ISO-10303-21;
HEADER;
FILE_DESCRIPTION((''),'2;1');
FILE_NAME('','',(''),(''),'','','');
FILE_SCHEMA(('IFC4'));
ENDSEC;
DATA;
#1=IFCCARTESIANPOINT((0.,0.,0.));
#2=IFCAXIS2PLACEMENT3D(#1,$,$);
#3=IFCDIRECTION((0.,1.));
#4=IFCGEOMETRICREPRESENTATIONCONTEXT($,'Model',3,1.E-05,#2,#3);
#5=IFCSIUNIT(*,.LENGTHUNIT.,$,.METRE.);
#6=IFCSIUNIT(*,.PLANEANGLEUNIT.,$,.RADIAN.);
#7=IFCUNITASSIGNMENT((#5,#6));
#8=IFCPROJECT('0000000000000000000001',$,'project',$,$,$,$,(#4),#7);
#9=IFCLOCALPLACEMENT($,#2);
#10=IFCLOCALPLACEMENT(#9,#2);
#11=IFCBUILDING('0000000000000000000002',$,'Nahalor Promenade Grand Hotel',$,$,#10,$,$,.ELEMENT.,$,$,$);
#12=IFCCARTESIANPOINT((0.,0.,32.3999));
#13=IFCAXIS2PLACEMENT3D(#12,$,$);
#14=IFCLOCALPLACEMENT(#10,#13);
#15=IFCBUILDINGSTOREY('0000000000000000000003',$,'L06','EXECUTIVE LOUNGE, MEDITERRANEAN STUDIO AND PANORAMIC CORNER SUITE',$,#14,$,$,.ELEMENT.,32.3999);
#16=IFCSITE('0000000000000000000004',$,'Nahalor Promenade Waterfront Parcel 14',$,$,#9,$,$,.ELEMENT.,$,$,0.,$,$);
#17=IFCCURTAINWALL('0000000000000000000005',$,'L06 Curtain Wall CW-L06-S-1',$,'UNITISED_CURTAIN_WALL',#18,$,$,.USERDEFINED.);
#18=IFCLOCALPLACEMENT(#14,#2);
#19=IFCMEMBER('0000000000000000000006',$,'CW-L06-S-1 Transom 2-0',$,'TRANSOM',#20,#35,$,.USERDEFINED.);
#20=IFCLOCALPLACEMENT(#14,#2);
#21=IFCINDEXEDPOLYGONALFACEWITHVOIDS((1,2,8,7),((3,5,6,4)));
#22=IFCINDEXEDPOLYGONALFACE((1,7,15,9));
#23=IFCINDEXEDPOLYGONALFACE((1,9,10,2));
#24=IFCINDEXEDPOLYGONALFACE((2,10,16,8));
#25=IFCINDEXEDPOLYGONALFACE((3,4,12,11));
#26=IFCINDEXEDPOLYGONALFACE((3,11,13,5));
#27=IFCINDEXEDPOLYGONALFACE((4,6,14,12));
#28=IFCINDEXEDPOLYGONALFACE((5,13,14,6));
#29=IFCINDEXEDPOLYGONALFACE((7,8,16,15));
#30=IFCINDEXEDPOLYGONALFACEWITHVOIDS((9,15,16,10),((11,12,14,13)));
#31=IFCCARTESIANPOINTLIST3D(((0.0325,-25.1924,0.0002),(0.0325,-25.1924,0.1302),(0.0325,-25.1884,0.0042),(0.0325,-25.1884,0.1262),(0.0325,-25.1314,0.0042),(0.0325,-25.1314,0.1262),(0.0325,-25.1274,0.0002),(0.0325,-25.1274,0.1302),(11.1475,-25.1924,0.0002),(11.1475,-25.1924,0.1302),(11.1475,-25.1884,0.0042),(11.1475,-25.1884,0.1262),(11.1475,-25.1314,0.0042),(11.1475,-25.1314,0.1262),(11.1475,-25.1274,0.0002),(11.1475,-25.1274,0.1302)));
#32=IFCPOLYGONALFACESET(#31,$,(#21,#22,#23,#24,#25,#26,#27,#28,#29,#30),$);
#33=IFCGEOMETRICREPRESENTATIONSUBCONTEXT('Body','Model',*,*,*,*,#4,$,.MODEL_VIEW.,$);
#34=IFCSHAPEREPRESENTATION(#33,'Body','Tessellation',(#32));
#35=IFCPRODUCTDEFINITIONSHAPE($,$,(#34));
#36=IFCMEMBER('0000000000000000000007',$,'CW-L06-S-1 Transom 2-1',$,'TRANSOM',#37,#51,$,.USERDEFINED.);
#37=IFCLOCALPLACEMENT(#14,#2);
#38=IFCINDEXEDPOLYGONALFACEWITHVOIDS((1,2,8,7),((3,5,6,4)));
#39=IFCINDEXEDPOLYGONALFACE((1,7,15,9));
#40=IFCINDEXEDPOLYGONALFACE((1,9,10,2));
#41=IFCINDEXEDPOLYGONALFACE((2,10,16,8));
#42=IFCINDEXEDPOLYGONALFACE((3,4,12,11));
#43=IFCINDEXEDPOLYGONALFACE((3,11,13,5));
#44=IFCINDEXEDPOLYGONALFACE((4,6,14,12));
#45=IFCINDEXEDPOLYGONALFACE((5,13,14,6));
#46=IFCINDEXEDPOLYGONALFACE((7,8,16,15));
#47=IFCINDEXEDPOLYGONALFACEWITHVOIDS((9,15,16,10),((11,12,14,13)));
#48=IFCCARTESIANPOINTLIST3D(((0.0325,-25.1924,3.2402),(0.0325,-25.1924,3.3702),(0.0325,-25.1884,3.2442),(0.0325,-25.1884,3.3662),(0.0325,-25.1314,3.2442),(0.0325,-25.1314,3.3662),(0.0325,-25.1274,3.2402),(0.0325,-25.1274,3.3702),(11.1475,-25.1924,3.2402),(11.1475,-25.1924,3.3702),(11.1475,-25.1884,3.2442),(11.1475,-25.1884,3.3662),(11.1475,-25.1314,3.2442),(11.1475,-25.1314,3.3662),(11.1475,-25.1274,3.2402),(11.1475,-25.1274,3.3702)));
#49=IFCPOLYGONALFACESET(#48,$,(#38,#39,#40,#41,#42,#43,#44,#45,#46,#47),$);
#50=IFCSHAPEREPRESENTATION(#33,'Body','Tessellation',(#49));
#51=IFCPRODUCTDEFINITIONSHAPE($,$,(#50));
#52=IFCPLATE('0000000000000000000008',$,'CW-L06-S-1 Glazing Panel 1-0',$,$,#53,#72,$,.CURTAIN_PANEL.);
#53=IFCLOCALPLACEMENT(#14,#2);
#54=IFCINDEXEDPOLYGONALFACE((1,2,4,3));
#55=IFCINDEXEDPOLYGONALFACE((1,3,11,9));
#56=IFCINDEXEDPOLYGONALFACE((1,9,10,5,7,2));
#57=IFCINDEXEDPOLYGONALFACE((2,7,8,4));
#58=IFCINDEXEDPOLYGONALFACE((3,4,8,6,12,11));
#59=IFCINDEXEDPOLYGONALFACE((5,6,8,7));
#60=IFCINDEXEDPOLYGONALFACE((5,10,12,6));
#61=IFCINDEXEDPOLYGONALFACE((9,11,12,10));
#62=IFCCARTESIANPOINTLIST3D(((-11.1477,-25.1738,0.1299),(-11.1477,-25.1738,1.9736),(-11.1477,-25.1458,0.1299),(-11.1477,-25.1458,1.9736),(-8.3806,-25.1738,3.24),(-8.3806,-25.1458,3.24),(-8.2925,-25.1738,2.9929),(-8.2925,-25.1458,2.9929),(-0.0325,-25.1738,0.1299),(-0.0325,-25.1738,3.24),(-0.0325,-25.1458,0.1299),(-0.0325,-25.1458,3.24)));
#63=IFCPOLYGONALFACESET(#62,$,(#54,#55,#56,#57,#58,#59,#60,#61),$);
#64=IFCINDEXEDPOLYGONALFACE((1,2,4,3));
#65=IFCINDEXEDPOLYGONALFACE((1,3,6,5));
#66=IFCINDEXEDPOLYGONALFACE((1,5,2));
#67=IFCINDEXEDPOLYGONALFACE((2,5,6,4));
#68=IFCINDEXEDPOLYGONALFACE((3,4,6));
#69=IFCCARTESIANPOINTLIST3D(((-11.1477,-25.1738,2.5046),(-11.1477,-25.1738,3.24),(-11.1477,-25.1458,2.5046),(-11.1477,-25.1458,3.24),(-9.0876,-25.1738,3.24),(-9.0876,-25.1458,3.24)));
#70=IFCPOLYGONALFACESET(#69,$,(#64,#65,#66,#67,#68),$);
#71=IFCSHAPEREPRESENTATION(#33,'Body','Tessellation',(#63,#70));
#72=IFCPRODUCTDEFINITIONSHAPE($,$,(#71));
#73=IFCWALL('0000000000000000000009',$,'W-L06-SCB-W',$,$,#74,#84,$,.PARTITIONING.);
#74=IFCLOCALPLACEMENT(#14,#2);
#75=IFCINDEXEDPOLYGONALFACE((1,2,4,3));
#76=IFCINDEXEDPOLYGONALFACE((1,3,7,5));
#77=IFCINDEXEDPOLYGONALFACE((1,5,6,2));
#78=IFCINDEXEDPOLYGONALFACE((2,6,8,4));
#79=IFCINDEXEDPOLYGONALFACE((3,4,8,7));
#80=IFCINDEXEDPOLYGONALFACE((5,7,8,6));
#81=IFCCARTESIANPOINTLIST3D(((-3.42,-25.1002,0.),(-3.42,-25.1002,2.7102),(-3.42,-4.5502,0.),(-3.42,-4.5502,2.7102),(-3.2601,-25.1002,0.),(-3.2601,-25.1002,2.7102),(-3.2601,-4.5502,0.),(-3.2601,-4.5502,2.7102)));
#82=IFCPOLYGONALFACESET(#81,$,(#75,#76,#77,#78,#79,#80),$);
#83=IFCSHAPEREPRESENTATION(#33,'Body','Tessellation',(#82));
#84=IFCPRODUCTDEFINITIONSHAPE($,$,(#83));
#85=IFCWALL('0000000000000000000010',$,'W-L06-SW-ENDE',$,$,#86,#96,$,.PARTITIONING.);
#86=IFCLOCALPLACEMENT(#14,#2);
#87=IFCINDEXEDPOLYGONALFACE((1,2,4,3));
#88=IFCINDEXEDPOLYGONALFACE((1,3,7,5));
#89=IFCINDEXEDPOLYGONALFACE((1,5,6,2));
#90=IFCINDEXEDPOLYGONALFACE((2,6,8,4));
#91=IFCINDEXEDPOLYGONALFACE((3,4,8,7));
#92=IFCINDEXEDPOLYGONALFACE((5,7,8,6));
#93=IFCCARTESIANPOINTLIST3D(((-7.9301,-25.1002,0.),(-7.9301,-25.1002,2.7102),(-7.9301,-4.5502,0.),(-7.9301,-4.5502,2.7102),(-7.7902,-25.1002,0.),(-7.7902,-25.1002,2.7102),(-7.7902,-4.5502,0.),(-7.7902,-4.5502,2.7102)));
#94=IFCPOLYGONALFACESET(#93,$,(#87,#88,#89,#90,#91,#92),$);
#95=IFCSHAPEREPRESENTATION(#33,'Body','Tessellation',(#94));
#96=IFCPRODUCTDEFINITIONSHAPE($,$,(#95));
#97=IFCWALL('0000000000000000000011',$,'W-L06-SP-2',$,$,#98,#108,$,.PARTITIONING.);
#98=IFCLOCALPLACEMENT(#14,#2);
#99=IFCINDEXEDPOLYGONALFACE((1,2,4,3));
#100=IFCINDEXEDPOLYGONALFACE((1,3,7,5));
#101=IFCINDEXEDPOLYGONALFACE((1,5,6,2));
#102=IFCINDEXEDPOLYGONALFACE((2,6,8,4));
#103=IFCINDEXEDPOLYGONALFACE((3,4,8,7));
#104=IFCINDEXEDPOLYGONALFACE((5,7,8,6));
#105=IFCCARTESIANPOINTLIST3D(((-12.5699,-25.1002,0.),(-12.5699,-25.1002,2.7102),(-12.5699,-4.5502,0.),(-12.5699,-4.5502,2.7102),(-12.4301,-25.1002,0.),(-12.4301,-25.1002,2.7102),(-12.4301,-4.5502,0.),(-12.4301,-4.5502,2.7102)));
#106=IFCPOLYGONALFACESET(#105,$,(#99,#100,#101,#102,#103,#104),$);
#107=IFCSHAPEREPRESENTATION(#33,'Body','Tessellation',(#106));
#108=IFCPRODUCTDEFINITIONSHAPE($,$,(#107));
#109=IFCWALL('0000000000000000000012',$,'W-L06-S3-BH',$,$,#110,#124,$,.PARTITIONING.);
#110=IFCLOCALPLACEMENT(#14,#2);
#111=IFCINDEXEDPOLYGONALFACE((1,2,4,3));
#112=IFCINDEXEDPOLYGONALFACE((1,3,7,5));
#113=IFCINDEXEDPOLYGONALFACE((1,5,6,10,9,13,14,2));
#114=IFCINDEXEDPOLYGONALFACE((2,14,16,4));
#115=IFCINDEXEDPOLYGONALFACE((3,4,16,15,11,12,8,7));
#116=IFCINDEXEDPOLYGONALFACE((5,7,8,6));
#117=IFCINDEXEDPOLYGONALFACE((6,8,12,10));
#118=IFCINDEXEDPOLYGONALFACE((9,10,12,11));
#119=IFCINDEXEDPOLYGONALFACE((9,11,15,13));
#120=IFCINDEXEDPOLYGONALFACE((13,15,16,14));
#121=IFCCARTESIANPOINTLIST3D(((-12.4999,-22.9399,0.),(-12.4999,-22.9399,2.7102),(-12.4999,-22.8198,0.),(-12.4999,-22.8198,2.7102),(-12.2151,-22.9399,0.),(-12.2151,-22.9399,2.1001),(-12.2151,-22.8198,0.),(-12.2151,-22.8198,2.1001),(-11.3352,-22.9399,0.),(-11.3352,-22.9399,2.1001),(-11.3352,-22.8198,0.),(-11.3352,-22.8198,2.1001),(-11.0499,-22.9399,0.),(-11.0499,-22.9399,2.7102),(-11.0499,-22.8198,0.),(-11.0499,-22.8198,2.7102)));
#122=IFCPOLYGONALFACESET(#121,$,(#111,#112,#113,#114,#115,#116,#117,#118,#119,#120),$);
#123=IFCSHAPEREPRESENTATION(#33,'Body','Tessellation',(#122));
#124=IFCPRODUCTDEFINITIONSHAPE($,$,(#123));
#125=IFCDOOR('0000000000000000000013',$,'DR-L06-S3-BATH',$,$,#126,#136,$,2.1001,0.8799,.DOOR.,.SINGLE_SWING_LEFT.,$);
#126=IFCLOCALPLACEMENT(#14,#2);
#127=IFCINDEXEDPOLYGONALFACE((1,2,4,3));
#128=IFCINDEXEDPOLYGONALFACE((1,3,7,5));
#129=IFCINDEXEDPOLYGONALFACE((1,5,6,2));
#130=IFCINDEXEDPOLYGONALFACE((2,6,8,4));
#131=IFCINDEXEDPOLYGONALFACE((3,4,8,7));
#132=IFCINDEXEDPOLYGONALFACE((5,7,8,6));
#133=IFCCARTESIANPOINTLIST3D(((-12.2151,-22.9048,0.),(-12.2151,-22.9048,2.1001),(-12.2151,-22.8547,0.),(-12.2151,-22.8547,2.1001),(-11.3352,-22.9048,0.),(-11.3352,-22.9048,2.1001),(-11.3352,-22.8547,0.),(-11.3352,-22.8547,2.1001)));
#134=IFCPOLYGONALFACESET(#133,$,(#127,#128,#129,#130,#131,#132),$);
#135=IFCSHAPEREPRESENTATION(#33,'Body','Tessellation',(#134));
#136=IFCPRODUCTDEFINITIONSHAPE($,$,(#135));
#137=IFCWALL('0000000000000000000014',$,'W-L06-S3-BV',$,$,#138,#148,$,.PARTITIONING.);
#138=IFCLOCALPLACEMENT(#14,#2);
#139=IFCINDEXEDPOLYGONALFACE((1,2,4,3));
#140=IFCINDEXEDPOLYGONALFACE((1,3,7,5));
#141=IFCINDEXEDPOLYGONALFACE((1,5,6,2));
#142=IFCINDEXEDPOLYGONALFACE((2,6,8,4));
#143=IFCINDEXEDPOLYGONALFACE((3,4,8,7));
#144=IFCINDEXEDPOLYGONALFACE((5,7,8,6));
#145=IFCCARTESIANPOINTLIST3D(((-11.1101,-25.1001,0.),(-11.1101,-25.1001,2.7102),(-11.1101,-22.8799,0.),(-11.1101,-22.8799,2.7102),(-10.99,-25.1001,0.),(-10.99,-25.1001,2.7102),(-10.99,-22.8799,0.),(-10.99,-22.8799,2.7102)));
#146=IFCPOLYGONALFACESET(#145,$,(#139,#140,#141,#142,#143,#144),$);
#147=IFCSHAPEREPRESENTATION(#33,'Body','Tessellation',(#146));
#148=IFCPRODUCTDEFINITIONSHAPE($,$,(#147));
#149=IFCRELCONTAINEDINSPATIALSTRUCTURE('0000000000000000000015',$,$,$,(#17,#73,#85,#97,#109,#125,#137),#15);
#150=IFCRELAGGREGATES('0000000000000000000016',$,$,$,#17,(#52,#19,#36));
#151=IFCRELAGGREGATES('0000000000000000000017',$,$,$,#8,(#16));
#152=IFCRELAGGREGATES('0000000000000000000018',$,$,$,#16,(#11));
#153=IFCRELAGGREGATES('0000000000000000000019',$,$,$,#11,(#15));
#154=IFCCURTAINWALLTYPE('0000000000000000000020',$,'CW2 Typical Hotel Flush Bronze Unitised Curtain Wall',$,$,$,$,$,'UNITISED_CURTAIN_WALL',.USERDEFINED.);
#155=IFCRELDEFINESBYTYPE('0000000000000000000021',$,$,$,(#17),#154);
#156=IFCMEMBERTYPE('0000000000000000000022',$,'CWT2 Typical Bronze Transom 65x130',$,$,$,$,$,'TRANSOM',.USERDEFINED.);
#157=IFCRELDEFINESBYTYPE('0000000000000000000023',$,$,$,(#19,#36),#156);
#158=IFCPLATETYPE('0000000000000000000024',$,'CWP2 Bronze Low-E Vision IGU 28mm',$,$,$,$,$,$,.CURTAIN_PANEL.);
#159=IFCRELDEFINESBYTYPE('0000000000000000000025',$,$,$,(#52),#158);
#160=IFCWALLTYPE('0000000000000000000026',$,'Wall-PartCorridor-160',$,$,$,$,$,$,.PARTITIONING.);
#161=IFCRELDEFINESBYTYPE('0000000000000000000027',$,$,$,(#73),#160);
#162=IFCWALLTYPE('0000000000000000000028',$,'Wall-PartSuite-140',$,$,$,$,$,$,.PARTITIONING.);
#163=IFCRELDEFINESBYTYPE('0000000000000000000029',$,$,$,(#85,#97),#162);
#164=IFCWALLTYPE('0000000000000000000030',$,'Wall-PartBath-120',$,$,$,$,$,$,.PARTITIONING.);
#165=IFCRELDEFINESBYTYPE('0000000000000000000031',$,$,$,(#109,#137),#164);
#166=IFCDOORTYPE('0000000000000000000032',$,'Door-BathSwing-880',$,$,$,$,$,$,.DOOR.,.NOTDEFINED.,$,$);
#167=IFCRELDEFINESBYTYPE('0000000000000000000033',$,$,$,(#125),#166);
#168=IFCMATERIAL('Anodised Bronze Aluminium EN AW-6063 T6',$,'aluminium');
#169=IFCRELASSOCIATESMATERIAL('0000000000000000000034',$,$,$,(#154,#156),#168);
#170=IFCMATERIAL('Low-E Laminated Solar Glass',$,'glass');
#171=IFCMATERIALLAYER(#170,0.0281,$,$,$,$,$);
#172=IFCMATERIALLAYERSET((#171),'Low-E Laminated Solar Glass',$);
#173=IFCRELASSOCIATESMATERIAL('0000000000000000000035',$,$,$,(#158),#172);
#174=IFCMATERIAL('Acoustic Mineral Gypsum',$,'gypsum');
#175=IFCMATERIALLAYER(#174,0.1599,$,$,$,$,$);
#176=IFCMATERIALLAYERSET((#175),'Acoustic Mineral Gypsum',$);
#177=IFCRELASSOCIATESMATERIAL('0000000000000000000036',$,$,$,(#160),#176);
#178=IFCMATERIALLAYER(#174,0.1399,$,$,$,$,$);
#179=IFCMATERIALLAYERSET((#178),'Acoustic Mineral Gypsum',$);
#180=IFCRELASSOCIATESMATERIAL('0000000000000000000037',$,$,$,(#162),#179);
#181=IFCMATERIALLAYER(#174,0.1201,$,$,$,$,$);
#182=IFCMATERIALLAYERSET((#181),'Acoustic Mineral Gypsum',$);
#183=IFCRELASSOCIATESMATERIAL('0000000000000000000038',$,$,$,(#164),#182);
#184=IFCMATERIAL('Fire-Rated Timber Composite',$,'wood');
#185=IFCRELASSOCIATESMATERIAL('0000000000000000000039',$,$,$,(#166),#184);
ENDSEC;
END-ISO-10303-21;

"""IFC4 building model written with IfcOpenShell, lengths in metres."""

from ifc_helpers import new_model, si_unit, direction, frame, frame_2d, origin, origin_2d, place, context, subcontext, project, spatial, polyline, rectangle, hollow_rectangle, outline, extrude, source, transform, mapped, material, layer, layer_set, material_profile, profile_set, type_object, element, fill, aggregate, save


model = new_model("IFC4")

# Units and contexts
model_context = context("Model", 3, precision=1e-05, world=origin(), true_north=direction((0.0, 1.0)))
body_context = subcontext(model_context, "Body", "Model", "MODEL_VIEW")
ifc_project = project(units=[si_unit("LENGTHUNIT", "METRE"), si_unit("PLANEANGLEUNIT", "RADIAN")], contexts=[model_context])

# Site, building, storey
site_placement = place(None, origin())
site = spatial("IfcSite", under=ifc_project, at=site_placement, Name="Nahalor Promenade Waterfront Parcel 14", CompositionType="ELEMENT", RefElevation=0.0)
building_placement = place(site_placement, origin())
building = spatial("IfcBuilding", under=site, at=building_placement, Name="Nahalor Promenade Grand Hotel", CompositionType="ELEMENT")
storey_placement = place(building_placement, frame((0.0, 0.0, 32.3999)))
storey = spatial("IfcBuildingStorey", under=building, at=storey_placement, Name="L06", Description="EXECUTIVE LOUNGE, MEDITERRANEAN STUDIO AND PANORAMIC CORNER SUITE", CompositionType="ELEMENT", Elevation=32.3999)

# Curtain wall, members, plate
ifc_material_1 = material(Name="Anodised Bronze Aluminium EN AW-6063 T6", Category="aluminium")
curtain_wall_type = type_object("IfcCurtainWallType", Name="CW2 Typical Hotel Flush Bronze Unitised Curtain Wall", ElementType="UNITISED_CURTAIN_WALL", PredefinedType="USERDEFINED", material=ifc_material_1)
curtain_wall_placement = place(storey_placement, origin())
curtain_wall = element("IfcCurtainWall", 1, at=curtain_wall_placement, inside=storey, type_object=curtain_wall_type, Name="L06 Curtain Wall CW-L06-S-1", ObjectType="UNITISED_CURTAIN_WALL", PredefinedType="USERDEFINED")
ifc_material_profile_1 = material_profile(ifc_material_1, hollow_rectangle(XDim=0.065, YDim=0.13, WallThickness=0.004, at=origin_2d()), Name="CWT 65x130x4")
ifc_profile_set_1 = profile_set([ifc_material_profile_1], Name="Anodised Bronze Aluminium EN AW-6063 T6")
member_type_1 = type_object("IfcMemberType", Name="CWT2 Typical Bronze Transom 65x130", ElementType="TRANSOM", PredefinedType="USERDEFINED", material=ifc_profile_set_1)
shared_shape_1 = source(origin(), body_context, "Body", "SweptSolid", [
    extrude(hollow_rectangle(XDim=0.065, YDim=0.13, WallThickness=0.004, at=origin_2d()), origin(), (0.0, 0.0, 1.0), 11.115),
])
member_1_placement = place(storey_placement, frame((0.0325, -25.1599, 0.0652), z_axis=(1.0, 0.0, 0.0), x_axis=(0.0, 1.0, 0.0)))
member_1 = element("IfcMember", 2, at=member_1_placement, type_object=member_type_1, Name="CW-L06-S-1 Transom 2-0", ObjectType="TRANSOM", PredefinedType="USERDEFINED", context=body_context, shape_type="MappedRepresentation", body=[
    mapped(shared_shape_1, transform((0.0, 0.0, 0.0), scale=1.0)),
])
member_2_placement = place(storey_placement, frame((0.0325, -25.1599, 3.3052), z_axis=(1.0, 0.0, 0.0), x_axis=(0.0, 1.0, 0.0)))
member_2 = element("IfcMember", 3, at=member_2_placement, type_object=member_type_1, Name="CW-L06-S-1 Transom 2-1", ObjectType="TRANSOM", PredefinedType="USERDEFINED", context=body_context, shape_type="MappedRepresentation", body=[
    mapped(shared_shape_1, transform((0.0, 0.0, 0.0), scale=1.0)),
])
ifc_material_2 = material(Name="Low-E Laminated Solar Glass", Category="glass")
ifc_layer_1 = layer(ifc_material_2, 0.0281)
ifc_layer_set_1 = layer_set([ifc_layer_1], Name="Low-E Laminated Solar Glass")
plate_type = type_object("IfcPlateType", Name="CWP2 Bronze Low-E Vision IGU 28mm", PredefinedType="CURTAIN_PANEL", material=ifc_layer_set_1)
plate_placement = place(storey_placement, frame((-5.5901, -25.1599, 0.1299), z_axis=(0.0, 0.0, 1.0), x_axis=(1.0, 0.0, 0.0)))
plate = element("IfcPlate", 4, at=plate_placement, type_object=plate_type, Name="CW-L06-S-1 Glazing Panel 1-0", PredefinedType="CURTAIN_PANEL", context=body_context, shape_type="SweptSolid", body=[
    extrude(outline(polyline([(5.5576, 0.0), (5.5576, 3.1101), (-2.7905, 3.1101), (-2.7024, 2.863), (-5.5576, 1.8438), (-5.5576, 0.0), (5.5576, 0.0)])), frame((0.0, 0.0142, 0.0), z_axis=(0.0, -1.0, 0.0), x_axis=(1.0, 0.0, 0.0)), (0.0, 0.0, 1.0), 0.0281),
    extrude(outline(polyline([(-3.4976, 3.1101), (-5.5576, 3.1101), (-5.5576, 2.3748), (-3.4976, 3.1101)])), frame((0.0, 0.0142, 0.0), z_axis=(0.0, -1.0, 0.0), x_axis=(1.0, 0.0, 0.0)), (0.0, 0.0, 1.0), 0.0281),
])
aggregate(curtain_wall, [plate, member_1, member_2])

# Walls
ifc_material_3 = material(Name="Acoustic Mineral Gypsum", Category="gypsum")
ifc_layer_2 = layer(ifc_material_3, 0.1599)
ifc_layer_set_2 = layer_set([ifc_layer_2], Name="Acoustic Mineral Gypsum")
wall_type_1 = type_object("IfcWallType", Name="Wall-PartCorridor-160", PredefinedType="PARTITIONING", material=ifc_layer_set_2)
shared_shape_2 = source(origin(), body_context, "Body", "SweptSolid", [
    extrude(rectangle(XDim=20.55, YDim=0.1599, at=frame_2d((10.2749, 0.0))), origin(), (0.0, 0.0, 1.0), 2.7102),
])
wall_1_placement = place(storey_placement, frame((-3.3401, -25.1001, 0.0), z_axis=(0.0, 0.0, 1.0), x_axis=(0.0, 1.0, 0.0)))
element("IfcWall", 5, at=wall_1_placement, inside=storey, type_object=wall_type_1, Name="W-L06-SCB-W", PredefinedType="PARTITIONING", context=body_context, shape_type="MappedRepresentation", body=[
    mapped(shared_shape_2, transform((0.0, 0.0, 0.0), scale=1.0)),
])
ifc_layer_3 = layer(ifc_material_3, 0.1399)
ifc_layer_set_3 = layer_set([ifc_layer_3], Name="Acoustic Mineral Gypsum")
wall_type_2 = type_object("IfcWallType", Name="Wall-PartSuite-140", PredefinedType="PARTITIONING", material=ifc_layer_set_3)
shared_shape_3 = source(origin(), body_context, "Body", "SweptSolid", [
    extrude(rectangle(XDim=20.55, YDim=0.1399, at=frame_2d((10.2749, 0.0))), origin(), (0.0, 0.0, 1.0), 2.7102),
])
for number, where, z_axis, x_axis, name in (
    (6, (-7.8601, -25.1001, 0.0), (0.0, 0.0, 1.0), (0.0, 1.0, 0.0), "W-L06-SW-ENDE"),
    (7, (-12.5, -25.1001, 0.0), (0.0, 0.0, 1.0), (0.0, 1.0, 0.0), "W-L06-SP-2"),
):
    element("IfcWall", number, at=place(storey_placement, frame(where, z_axis=z_axis, x_axis=x_axis)), inside=storey, type_object=wall_type_2, Name=name, PredefinedType="PARTITIONING", context=body_context, shape_type="MappedRepresentation", body=[
        mapped(shared_shape_3, transform((0.0, 0.0, 0.0), scale=1.0)),
    ])

# Wall, opening, door
ifc_layer_4 = layer(ifc_material_3, 0.1201)
ifc_layer_set_4 = layer_set([ifc_layer_4], Name="Acoustic Mineral Gypsum")
wall_type_3 = type_object("IfcWallType", Name="Wall-PartBath-120", PredefinedType="PARTITIONING", material=ifc_layer_set_4)
shared_shape_4 = source(origin(), body_context, "Body", "SweptSolid", [
    extrude(rectangle(XDim=1.45, YDim=0.1201, at=frame_2d((0.7251, 0.0))), origin(), (0.0, 0.0, 1.0), 2.7102),
])
wall_2_placement = place(storey_placement, frame((-12.5, -22.8799, 0.0), z_axis=(0.0, 0.0, 1.0), x_axis=(1.0, 0.0, 0.0)))
wall_2 = element("IfcWall", 8, at=wall_2_placement, inside=storey, type_object=wall_type_3, Name="W-L06-S3-BH", PredefinedType="PARTITIONING", context=body_context, shape_type="MappedRepresentation", body=[
    mapped(shared_shape_4, transform((0.0, 0.0, 0.0), scale=1.0)),
])
opening_placement = place(wall_2_placement, frame((0.2849, 0.0, 0.0)))
opening = element("IfcOpeningElement", 9, at=opening_placement, cuts=wall_2, PredefinedType="OPENING", context=body_context, shape_type="SweptSolid", body=[
    extrude(rectangle(XDim=0.8799, YDim=2.1001, at=frame_2d((0.4399, 1.05))), frame((0.0, 0.0701, 0.0), z_axis=(0.0, -1.0, 0.0), x_axis=(1.0, 0.0, 0.0)), (0.0, 0.0, 1.0), 0.1401),
])
ifc_material_4 = material(Name="Fire-Rated Timber Composite", Category="wood")
door_type = type_object("IfcDoorType", Name="Door-BathSwing-880", OperationType="NOTDEFINED", PredefinedType="DOOR", material=ifc_material_4)
shared_shape_5 = source(origin(), body_context, "Body", "SweptSolid", [
    extrude(rectangle(XDim=0.8799, YDim=2.1001, at=frame_2d((0.4399, 1.05))), frame((0.0, 0.0249, 0.0), z_axis=(0.0, -1.0, 0.0), x_axis=(1.0, 0.0, 0.0)), (0.0, 0.0, 1.0), 0.05),
])
door_placement = place(opening_placement, frame((0.8799, 0.0, 0.0), z_axis=(0.0, 0.0, 1.0), x_axis=(-1.0, 0.0, 0.0)))
door = element("IfcDoor", 10, at=door_placement, inside=storey, type_object=door_type, Name="DR-L06-S3-BATH", OperationType="SINGLE_SWING_LEFT", OverallHeight=2.1001, OverallWidth=0.8799, PredefinedType="DOOR", context=body_context, shape_type="MappedRepresentation", body=[
    mapped(shared_shape_5, transform((0.0, 0.0, 0.0), scale=1.0)),
])
fill(opening, door)

# Wall
shared_shape_6 = source(origin(), body_context, "Body", "SweptSolid", [
    extrude(rectangle(XDim=2.2202, YDim=0.1201, at=frame_2d((1.1101, 0.0))), origin(), (0.0, 0.0, 1.0), 2.7102),
])
wall_3_placement = place(storey_placement, frame((-11.05, -25.1001, 0.0), z_axis=(0.0, 0.0, 1.0), x_axis=(0.0, 1.0, 0.0)))
element("IfcWall", 11, at=wall_3_placement, inside=storey, type_object=wall_type_3, Name="W-L06-S3-BV", PredefinedType="PARTITIONING", context=body_context, shape_type="MappedRepresentation", body=[
    mapped(shared_shape_6, transform((0.0, 0.0, 0.0), scale=1.0)),
])

save(model, "model.ifc")
